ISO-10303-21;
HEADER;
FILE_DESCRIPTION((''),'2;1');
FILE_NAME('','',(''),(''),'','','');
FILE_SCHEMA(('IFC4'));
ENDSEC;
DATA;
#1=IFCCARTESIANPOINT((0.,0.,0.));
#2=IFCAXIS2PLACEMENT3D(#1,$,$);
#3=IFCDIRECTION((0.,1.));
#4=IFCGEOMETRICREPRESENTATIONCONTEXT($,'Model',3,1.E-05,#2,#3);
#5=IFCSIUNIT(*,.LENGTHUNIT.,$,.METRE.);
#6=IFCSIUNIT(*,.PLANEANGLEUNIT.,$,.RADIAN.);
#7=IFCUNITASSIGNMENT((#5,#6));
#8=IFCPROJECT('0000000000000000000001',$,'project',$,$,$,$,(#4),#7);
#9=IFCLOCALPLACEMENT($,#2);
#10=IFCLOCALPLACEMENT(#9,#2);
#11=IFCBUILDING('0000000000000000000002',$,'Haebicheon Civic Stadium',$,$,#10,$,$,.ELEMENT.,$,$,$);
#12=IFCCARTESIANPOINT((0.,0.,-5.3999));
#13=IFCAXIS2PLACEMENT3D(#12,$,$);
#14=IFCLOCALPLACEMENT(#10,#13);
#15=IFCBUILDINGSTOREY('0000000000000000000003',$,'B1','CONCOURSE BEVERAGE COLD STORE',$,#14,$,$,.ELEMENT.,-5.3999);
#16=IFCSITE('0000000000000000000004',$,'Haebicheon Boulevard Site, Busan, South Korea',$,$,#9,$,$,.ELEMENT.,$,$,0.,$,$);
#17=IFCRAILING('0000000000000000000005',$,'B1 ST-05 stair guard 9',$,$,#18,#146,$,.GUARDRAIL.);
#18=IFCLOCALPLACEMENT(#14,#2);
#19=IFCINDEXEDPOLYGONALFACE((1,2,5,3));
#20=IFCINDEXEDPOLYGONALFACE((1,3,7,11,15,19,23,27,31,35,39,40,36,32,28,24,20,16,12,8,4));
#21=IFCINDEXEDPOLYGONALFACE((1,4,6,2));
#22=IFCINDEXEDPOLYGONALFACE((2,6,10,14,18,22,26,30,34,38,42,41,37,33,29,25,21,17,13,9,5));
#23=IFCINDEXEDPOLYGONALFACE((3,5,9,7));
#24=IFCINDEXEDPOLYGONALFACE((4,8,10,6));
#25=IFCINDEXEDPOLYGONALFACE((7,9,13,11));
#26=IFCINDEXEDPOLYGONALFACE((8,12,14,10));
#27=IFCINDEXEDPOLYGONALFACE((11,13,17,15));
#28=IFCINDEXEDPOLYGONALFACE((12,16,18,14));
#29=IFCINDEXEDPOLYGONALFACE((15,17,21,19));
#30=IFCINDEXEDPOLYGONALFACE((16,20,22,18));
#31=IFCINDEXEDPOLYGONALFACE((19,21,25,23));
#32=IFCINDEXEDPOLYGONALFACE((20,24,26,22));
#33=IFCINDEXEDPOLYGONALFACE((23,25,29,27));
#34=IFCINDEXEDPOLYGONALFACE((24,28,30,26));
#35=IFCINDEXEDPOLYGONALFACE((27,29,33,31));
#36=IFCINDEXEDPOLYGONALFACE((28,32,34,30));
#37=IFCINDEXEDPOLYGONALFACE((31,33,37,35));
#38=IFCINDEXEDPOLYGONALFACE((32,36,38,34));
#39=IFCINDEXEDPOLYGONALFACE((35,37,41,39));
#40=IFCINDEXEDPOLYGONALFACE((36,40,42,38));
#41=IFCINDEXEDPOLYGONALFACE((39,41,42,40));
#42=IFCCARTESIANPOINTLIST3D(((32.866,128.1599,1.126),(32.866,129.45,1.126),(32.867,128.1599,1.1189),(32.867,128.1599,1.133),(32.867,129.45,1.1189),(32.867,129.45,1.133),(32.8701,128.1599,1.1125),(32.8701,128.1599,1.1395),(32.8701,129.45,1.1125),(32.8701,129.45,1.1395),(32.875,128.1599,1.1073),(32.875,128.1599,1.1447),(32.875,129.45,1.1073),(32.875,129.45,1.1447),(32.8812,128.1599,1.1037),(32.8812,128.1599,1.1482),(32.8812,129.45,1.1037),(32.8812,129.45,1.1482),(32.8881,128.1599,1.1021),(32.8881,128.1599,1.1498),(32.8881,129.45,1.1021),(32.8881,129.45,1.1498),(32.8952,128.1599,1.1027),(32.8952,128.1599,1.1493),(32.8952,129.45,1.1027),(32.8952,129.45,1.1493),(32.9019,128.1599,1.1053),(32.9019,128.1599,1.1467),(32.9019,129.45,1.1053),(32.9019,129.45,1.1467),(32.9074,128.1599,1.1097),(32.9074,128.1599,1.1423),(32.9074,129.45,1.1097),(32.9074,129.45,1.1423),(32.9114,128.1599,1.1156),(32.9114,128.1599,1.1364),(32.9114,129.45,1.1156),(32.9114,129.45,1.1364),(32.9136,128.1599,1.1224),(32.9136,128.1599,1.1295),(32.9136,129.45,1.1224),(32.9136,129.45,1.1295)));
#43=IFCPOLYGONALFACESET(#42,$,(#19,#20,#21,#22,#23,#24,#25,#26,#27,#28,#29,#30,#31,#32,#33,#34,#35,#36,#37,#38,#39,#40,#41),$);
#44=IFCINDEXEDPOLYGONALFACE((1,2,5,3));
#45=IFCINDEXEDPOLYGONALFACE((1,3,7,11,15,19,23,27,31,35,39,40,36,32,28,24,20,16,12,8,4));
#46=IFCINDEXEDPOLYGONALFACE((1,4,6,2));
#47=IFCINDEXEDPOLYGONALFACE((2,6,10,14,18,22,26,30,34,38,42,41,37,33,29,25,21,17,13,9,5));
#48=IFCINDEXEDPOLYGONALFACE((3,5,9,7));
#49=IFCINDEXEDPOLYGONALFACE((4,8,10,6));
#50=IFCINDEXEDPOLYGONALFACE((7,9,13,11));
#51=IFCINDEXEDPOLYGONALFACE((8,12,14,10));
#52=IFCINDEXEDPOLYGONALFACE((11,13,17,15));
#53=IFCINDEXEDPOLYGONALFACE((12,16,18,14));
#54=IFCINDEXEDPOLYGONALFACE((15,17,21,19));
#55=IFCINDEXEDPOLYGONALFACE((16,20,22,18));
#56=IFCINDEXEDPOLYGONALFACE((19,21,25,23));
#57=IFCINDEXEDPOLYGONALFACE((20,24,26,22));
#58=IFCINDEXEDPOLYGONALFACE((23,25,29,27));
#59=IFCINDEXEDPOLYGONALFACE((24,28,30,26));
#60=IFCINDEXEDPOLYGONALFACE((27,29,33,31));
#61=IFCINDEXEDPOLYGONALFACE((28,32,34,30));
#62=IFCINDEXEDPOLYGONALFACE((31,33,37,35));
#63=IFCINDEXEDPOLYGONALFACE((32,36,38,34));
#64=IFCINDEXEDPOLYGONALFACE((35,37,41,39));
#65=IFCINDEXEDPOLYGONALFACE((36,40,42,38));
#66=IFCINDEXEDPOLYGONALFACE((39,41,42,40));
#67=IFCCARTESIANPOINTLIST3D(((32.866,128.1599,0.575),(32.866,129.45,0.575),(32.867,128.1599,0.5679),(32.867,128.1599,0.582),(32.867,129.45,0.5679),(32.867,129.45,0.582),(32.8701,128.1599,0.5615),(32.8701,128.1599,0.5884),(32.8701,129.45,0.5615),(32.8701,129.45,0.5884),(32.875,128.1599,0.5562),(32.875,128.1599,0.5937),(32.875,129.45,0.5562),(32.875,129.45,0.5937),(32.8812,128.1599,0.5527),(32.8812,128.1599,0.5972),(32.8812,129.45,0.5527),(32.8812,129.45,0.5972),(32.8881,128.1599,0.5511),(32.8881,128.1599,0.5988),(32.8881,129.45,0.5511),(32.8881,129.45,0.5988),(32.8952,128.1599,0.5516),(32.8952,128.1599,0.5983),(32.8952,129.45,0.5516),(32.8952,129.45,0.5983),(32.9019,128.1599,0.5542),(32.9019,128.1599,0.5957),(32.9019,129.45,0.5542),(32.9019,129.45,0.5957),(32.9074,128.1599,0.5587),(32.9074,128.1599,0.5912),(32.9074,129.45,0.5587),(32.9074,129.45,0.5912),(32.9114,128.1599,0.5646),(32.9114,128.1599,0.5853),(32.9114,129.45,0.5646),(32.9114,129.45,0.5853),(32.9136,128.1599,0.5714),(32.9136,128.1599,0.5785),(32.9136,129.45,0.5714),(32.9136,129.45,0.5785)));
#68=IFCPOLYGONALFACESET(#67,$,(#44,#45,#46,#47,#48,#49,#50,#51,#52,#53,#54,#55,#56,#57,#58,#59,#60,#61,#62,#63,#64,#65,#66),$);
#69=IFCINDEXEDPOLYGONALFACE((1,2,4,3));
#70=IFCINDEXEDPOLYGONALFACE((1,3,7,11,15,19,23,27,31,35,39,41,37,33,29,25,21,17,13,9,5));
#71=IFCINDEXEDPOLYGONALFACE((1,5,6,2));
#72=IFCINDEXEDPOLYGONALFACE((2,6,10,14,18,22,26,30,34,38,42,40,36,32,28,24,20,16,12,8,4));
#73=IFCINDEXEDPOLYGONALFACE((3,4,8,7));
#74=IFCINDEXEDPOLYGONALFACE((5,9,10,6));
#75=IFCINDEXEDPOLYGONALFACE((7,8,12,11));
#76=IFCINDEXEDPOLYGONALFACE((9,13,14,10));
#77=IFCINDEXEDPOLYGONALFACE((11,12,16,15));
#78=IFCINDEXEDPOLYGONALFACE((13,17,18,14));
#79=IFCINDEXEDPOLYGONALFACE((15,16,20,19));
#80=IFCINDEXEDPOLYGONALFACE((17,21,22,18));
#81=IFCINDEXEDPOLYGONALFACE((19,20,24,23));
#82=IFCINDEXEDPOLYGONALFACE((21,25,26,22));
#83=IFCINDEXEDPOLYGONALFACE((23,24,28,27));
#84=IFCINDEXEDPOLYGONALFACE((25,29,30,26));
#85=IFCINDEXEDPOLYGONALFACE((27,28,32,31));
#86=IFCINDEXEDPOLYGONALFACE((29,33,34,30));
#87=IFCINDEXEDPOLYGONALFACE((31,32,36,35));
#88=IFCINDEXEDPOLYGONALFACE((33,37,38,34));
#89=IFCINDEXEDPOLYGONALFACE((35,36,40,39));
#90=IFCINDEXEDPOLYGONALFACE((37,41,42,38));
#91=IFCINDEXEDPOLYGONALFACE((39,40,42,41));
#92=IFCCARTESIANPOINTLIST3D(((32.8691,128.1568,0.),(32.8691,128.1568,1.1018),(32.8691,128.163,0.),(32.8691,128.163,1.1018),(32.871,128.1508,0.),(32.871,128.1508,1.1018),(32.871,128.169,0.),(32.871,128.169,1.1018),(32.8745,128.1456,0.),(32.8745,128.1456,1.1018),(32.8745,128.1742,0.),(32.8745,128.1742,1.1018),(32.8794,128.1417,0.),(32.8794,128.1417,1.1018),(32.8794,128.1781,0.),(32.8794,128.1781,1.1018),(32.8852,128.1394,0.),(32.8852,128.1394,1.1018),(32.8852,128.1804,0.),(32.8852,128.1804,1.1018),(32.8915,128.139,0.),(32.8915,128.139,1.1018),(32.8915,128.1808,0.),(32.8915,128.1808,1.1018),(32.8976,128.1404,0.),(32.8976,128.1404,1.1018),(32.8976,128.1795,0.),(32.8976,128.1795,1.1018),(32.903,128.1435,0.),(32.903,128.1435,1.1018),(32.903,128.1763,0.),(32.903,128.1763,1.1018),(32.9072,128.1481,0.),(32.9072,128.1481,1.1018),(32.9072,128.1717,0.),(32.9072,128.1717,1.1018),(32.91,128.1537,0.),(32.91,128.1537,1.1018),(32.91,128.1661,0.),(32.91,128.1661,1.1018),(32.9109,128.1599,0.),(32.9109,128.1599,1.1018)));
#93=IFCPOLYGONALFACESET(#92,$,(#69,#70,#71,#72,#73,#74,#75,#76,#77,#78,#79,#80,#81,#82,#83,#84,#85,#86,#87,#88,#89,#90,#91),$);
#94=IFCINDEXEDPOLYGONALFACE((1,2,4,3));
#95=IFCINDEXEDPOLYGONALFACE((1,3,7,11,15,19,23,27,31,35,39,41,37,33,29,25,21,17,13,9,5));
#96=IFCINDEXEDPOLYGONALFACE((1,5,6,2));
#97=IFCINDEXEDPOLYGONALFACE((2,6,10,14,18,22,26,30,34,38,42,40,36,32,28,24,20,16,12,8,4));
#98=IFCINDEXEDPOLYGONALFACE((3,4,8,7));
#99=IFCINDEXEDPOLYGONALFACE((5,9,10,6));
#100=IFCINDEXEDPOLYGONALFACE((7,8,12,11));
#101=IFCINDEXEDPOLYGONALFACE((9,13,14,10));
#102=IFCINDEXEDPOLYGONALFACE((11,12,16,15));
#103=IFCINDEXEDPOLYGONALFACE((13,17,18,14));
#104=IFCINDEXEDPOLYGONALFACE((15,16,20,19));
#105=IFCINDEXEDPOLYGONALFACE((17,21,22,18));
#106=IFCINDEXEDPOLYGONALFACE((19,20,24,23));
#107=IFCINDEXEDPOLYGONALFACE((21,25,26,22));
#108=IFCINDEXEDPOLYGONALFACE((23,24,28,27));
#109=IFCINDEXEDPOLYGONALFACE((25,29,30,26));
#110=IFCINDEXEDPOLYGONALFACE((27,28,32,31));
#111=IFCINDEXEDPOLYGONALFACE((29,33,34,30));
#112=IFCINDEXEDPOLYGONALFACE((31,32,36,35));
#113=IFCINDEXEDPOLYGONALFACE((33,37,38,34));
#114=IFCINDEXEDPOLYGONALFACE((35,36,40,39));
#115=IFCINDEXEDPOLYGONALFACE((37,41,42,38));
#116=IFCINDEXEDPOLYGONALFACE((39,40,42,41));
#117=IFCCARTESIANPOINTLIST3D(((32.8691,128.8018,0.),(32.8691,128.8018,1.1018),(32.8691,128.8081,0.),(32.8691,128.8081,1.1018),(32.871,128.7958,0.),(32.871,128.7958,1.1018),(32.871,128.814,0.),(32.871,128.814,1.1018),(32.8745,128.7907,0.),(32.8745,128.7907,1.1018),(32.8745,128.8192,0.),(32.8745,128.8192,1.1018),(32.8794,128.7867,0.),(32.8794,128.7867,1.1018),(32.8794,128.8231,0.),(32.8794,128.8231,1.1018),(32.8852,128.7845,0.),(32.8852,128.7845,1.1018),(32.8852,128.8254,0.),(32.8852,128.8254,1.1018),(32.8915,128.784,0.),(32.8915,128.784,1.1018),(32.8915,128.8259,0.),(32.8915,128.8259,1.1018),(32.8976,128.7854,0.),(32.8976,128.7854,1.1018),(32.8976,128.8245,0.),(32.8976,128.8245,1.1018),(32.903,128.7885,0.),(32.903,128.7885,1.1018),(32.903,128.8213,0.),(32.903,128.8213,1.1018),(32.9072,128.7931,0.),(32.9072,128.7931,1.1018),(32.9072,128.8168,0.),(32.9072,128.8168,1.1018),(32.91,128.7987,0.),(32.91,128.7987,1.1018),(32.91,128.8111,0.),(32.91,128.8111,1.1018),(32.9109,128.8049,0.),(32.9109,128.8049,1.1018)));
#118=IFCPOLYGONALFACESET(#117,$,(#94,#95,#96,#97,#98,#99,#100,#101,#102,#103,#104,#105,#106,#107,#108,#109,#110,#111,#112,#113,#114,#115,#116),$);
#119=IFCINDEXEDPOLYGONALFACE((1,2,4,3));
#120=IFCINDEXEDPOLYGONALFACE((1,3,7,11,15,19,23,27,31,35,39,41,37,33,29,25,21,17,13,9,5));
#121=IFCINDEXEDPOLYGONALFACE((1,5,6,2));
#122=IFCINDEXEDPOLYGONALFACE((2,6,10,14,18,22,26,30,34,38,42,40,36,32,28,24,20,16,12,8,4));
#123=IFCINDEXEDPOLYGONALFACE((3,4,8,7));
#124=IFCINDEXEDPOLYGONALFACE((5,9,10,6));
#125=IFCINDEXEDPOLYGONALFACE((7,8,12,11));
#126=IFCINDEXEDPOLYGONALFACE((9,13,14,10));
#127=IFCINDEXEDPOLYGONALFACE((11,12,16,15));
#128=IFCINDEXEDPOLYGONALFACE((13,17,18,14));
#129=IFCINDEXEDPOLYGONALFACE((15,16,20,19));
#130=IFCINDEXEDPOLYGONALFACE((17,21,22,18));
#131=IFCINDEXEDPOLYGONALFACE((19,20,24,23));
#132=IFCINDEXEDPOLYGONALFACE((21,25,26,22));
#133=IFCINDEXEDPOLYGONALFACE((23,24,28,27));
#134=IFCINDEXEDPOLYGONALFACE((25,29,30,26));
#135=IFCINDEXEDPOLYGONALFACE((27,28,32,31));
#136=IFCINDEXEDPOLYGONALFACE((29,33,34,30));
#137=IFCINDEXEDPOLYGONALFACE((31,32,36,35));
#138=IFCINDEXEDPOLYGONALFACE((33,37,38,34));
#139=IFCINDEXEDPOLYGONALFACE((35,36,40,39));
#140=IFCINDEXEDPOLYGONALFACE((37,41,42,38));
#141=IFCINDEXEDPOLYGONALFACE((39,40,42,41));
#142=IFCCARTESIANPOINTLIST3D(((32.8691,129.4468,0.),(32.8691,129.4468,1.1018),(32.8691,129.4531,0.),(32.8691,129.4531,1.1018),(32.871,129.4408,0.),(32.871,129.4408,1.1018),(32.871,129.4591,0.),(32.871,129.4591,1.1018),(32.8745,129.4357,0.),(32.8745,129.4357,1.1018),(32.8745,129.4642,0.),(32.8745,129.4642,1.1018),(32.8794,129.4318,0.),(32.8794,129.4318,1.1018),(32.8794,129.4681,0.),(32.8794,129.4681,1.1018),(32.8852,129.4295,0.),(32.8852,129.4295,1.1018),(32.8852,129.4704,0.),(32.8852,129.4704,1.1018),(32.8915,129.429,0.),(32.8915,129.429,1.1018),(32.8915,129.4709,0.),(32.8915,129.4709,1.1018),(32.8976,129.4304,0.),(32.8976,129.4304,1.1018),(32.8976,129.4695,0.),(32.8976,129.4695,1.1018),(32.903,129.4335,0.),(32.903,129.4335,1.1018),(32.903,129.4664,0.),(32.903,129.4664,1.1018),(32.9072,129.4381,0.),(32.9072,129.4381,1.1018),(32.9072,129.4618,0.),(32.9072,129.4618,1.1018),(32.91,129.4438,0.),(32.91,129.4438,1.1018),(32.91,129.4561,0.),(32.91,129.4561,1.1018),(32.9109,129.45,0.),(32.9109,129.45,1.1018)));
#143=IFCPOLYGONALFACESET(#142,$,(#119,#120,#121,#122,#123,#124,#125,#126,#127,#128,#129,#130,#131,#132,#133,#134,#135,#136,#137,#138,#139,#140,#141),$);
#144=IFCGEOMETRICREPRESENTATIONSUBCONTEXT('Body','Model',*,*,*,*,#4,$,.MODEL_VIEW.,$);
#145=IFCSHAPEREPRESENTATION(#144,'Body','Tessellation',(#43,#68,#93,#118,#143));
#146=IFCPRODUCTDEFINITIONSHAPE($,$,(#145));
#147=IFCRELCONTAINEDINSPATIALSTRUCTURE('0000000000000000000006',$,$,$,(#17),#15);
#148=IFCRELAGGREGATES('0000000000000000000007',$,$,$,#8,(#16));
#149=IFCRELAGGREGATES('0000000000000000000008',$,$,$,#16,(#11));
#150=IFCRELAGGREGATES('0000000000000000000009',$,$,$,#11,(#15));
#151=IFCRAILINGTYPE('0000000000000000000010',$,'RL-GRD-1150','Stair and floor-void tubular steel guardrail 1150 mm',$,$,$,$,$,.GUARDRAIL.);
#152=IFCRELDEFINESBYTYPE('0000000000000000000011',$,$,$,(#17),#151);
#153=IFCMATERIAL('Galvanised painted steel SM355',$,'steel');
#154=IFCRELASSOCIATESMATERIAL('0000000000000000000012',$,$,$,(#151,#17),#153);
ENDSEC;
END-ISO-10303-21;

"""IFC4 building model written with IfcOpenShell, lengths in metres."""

from ifc_helpers import new_model, si_unit, direction, frame, origin, origin_2d, place, context, subcontext, project, spatial, circle, extrude, material, type_object, element, save


model = new_model("IFC4")

# Units and contexts
model_context = context("Model", 3, precision=1e-05, world=origin(), true_north=direction((0.0, 1.0)))
body_context = subcontext(model_context, "Body", "Model", "MODEL_VIEW")
ifc_project = project(units=[si_unit("LENGTHUNIT", "METRE"), si_unit("PLANEANGLEUNIT", "RADIAN")], contexts=[model_context])

# Site, building, storey
site_placement = place(None, origin())
site = spatial("IfcSite", under=ifc_project, at=site_placement, Name="Haebicheon Boulevard Site, Busan, South Korea", CompositionType="ELEMENT", RefElevation=0.0)
building_placement = place(site_placement, origin())
building = spatial("IfcBuilding", under=site, at=building_placement, Name="Haebicheon Civic Stadium", CompositionType="ELEMENT")
storey_placement = place(building_placement, frame((0.0, 0.0, -5.3999)))
storey = spatial("IfcBuildingStorey", under=building, at=storey_placement, Name="B1", Description="CONCOURSE BEVERAGE COLD STORE", CompositionType="ELEMENT", Elevation=-5.3999)

# Railing
ifc_material_1 = material(Name="Galvanised painted steel SM355", Category="steel")
railing_type = type_object("IfcRailingType", Name="RL-GRD-1150", Description="Stair and floor-void tubular steel guardrail 1150 mm", PredefinedType="GUARDRAIL", material=ifc_material_1)
for number, where, name in (
    (1, (32.8899, 128.1599, 0.0), "B1 ST-05 stair guard 9"),
):
    element("IfcRailing", number, at=place(storey_placement, frame(where)), inside=storey, type_object=railing_type, material=ifc_material_1, Name=name, PredefinedType="GUARDRAIL", context=body_context, shape_type="SweptSolid", body=[
        extrude(circle(Radius=0.0239, at=origin_2d()), frame((0.0, 0.0, 1.126), z_axis=(0.0, 1.0, 0.0), x_axis=(-1.0, 0.0, 0.0)), (0.0, 0.0, 1.0), 1.29),
        extrude(circle(Radius=0.0239, at=origin_2d()), frame((0.0, 0.0, 0.575), z_axis=(0.0, 1.0, 0.0), x_axis=(-1.0, 0.0, 0.0)), (0.0, 0.0, 1.0), 1.29),
        extrude(circle(Radius=0.021, at=origin_2d()), origin(), (0.0, 0.0, 1.0), 1.1018),
        extrude(circle(Radius=0.021, at=origin_2d()), frame((0.0, 0.645, 0.0)), (0.0, 0.0, 1.0), 1.1018),
        extrude(circle(Radius=0.021, at=origin_2d()), frame((0.0, 1.29, 0.0)), (0.0, 0.0, 1.0), 1.1018),
    ])

save(model, "model.ifc")
